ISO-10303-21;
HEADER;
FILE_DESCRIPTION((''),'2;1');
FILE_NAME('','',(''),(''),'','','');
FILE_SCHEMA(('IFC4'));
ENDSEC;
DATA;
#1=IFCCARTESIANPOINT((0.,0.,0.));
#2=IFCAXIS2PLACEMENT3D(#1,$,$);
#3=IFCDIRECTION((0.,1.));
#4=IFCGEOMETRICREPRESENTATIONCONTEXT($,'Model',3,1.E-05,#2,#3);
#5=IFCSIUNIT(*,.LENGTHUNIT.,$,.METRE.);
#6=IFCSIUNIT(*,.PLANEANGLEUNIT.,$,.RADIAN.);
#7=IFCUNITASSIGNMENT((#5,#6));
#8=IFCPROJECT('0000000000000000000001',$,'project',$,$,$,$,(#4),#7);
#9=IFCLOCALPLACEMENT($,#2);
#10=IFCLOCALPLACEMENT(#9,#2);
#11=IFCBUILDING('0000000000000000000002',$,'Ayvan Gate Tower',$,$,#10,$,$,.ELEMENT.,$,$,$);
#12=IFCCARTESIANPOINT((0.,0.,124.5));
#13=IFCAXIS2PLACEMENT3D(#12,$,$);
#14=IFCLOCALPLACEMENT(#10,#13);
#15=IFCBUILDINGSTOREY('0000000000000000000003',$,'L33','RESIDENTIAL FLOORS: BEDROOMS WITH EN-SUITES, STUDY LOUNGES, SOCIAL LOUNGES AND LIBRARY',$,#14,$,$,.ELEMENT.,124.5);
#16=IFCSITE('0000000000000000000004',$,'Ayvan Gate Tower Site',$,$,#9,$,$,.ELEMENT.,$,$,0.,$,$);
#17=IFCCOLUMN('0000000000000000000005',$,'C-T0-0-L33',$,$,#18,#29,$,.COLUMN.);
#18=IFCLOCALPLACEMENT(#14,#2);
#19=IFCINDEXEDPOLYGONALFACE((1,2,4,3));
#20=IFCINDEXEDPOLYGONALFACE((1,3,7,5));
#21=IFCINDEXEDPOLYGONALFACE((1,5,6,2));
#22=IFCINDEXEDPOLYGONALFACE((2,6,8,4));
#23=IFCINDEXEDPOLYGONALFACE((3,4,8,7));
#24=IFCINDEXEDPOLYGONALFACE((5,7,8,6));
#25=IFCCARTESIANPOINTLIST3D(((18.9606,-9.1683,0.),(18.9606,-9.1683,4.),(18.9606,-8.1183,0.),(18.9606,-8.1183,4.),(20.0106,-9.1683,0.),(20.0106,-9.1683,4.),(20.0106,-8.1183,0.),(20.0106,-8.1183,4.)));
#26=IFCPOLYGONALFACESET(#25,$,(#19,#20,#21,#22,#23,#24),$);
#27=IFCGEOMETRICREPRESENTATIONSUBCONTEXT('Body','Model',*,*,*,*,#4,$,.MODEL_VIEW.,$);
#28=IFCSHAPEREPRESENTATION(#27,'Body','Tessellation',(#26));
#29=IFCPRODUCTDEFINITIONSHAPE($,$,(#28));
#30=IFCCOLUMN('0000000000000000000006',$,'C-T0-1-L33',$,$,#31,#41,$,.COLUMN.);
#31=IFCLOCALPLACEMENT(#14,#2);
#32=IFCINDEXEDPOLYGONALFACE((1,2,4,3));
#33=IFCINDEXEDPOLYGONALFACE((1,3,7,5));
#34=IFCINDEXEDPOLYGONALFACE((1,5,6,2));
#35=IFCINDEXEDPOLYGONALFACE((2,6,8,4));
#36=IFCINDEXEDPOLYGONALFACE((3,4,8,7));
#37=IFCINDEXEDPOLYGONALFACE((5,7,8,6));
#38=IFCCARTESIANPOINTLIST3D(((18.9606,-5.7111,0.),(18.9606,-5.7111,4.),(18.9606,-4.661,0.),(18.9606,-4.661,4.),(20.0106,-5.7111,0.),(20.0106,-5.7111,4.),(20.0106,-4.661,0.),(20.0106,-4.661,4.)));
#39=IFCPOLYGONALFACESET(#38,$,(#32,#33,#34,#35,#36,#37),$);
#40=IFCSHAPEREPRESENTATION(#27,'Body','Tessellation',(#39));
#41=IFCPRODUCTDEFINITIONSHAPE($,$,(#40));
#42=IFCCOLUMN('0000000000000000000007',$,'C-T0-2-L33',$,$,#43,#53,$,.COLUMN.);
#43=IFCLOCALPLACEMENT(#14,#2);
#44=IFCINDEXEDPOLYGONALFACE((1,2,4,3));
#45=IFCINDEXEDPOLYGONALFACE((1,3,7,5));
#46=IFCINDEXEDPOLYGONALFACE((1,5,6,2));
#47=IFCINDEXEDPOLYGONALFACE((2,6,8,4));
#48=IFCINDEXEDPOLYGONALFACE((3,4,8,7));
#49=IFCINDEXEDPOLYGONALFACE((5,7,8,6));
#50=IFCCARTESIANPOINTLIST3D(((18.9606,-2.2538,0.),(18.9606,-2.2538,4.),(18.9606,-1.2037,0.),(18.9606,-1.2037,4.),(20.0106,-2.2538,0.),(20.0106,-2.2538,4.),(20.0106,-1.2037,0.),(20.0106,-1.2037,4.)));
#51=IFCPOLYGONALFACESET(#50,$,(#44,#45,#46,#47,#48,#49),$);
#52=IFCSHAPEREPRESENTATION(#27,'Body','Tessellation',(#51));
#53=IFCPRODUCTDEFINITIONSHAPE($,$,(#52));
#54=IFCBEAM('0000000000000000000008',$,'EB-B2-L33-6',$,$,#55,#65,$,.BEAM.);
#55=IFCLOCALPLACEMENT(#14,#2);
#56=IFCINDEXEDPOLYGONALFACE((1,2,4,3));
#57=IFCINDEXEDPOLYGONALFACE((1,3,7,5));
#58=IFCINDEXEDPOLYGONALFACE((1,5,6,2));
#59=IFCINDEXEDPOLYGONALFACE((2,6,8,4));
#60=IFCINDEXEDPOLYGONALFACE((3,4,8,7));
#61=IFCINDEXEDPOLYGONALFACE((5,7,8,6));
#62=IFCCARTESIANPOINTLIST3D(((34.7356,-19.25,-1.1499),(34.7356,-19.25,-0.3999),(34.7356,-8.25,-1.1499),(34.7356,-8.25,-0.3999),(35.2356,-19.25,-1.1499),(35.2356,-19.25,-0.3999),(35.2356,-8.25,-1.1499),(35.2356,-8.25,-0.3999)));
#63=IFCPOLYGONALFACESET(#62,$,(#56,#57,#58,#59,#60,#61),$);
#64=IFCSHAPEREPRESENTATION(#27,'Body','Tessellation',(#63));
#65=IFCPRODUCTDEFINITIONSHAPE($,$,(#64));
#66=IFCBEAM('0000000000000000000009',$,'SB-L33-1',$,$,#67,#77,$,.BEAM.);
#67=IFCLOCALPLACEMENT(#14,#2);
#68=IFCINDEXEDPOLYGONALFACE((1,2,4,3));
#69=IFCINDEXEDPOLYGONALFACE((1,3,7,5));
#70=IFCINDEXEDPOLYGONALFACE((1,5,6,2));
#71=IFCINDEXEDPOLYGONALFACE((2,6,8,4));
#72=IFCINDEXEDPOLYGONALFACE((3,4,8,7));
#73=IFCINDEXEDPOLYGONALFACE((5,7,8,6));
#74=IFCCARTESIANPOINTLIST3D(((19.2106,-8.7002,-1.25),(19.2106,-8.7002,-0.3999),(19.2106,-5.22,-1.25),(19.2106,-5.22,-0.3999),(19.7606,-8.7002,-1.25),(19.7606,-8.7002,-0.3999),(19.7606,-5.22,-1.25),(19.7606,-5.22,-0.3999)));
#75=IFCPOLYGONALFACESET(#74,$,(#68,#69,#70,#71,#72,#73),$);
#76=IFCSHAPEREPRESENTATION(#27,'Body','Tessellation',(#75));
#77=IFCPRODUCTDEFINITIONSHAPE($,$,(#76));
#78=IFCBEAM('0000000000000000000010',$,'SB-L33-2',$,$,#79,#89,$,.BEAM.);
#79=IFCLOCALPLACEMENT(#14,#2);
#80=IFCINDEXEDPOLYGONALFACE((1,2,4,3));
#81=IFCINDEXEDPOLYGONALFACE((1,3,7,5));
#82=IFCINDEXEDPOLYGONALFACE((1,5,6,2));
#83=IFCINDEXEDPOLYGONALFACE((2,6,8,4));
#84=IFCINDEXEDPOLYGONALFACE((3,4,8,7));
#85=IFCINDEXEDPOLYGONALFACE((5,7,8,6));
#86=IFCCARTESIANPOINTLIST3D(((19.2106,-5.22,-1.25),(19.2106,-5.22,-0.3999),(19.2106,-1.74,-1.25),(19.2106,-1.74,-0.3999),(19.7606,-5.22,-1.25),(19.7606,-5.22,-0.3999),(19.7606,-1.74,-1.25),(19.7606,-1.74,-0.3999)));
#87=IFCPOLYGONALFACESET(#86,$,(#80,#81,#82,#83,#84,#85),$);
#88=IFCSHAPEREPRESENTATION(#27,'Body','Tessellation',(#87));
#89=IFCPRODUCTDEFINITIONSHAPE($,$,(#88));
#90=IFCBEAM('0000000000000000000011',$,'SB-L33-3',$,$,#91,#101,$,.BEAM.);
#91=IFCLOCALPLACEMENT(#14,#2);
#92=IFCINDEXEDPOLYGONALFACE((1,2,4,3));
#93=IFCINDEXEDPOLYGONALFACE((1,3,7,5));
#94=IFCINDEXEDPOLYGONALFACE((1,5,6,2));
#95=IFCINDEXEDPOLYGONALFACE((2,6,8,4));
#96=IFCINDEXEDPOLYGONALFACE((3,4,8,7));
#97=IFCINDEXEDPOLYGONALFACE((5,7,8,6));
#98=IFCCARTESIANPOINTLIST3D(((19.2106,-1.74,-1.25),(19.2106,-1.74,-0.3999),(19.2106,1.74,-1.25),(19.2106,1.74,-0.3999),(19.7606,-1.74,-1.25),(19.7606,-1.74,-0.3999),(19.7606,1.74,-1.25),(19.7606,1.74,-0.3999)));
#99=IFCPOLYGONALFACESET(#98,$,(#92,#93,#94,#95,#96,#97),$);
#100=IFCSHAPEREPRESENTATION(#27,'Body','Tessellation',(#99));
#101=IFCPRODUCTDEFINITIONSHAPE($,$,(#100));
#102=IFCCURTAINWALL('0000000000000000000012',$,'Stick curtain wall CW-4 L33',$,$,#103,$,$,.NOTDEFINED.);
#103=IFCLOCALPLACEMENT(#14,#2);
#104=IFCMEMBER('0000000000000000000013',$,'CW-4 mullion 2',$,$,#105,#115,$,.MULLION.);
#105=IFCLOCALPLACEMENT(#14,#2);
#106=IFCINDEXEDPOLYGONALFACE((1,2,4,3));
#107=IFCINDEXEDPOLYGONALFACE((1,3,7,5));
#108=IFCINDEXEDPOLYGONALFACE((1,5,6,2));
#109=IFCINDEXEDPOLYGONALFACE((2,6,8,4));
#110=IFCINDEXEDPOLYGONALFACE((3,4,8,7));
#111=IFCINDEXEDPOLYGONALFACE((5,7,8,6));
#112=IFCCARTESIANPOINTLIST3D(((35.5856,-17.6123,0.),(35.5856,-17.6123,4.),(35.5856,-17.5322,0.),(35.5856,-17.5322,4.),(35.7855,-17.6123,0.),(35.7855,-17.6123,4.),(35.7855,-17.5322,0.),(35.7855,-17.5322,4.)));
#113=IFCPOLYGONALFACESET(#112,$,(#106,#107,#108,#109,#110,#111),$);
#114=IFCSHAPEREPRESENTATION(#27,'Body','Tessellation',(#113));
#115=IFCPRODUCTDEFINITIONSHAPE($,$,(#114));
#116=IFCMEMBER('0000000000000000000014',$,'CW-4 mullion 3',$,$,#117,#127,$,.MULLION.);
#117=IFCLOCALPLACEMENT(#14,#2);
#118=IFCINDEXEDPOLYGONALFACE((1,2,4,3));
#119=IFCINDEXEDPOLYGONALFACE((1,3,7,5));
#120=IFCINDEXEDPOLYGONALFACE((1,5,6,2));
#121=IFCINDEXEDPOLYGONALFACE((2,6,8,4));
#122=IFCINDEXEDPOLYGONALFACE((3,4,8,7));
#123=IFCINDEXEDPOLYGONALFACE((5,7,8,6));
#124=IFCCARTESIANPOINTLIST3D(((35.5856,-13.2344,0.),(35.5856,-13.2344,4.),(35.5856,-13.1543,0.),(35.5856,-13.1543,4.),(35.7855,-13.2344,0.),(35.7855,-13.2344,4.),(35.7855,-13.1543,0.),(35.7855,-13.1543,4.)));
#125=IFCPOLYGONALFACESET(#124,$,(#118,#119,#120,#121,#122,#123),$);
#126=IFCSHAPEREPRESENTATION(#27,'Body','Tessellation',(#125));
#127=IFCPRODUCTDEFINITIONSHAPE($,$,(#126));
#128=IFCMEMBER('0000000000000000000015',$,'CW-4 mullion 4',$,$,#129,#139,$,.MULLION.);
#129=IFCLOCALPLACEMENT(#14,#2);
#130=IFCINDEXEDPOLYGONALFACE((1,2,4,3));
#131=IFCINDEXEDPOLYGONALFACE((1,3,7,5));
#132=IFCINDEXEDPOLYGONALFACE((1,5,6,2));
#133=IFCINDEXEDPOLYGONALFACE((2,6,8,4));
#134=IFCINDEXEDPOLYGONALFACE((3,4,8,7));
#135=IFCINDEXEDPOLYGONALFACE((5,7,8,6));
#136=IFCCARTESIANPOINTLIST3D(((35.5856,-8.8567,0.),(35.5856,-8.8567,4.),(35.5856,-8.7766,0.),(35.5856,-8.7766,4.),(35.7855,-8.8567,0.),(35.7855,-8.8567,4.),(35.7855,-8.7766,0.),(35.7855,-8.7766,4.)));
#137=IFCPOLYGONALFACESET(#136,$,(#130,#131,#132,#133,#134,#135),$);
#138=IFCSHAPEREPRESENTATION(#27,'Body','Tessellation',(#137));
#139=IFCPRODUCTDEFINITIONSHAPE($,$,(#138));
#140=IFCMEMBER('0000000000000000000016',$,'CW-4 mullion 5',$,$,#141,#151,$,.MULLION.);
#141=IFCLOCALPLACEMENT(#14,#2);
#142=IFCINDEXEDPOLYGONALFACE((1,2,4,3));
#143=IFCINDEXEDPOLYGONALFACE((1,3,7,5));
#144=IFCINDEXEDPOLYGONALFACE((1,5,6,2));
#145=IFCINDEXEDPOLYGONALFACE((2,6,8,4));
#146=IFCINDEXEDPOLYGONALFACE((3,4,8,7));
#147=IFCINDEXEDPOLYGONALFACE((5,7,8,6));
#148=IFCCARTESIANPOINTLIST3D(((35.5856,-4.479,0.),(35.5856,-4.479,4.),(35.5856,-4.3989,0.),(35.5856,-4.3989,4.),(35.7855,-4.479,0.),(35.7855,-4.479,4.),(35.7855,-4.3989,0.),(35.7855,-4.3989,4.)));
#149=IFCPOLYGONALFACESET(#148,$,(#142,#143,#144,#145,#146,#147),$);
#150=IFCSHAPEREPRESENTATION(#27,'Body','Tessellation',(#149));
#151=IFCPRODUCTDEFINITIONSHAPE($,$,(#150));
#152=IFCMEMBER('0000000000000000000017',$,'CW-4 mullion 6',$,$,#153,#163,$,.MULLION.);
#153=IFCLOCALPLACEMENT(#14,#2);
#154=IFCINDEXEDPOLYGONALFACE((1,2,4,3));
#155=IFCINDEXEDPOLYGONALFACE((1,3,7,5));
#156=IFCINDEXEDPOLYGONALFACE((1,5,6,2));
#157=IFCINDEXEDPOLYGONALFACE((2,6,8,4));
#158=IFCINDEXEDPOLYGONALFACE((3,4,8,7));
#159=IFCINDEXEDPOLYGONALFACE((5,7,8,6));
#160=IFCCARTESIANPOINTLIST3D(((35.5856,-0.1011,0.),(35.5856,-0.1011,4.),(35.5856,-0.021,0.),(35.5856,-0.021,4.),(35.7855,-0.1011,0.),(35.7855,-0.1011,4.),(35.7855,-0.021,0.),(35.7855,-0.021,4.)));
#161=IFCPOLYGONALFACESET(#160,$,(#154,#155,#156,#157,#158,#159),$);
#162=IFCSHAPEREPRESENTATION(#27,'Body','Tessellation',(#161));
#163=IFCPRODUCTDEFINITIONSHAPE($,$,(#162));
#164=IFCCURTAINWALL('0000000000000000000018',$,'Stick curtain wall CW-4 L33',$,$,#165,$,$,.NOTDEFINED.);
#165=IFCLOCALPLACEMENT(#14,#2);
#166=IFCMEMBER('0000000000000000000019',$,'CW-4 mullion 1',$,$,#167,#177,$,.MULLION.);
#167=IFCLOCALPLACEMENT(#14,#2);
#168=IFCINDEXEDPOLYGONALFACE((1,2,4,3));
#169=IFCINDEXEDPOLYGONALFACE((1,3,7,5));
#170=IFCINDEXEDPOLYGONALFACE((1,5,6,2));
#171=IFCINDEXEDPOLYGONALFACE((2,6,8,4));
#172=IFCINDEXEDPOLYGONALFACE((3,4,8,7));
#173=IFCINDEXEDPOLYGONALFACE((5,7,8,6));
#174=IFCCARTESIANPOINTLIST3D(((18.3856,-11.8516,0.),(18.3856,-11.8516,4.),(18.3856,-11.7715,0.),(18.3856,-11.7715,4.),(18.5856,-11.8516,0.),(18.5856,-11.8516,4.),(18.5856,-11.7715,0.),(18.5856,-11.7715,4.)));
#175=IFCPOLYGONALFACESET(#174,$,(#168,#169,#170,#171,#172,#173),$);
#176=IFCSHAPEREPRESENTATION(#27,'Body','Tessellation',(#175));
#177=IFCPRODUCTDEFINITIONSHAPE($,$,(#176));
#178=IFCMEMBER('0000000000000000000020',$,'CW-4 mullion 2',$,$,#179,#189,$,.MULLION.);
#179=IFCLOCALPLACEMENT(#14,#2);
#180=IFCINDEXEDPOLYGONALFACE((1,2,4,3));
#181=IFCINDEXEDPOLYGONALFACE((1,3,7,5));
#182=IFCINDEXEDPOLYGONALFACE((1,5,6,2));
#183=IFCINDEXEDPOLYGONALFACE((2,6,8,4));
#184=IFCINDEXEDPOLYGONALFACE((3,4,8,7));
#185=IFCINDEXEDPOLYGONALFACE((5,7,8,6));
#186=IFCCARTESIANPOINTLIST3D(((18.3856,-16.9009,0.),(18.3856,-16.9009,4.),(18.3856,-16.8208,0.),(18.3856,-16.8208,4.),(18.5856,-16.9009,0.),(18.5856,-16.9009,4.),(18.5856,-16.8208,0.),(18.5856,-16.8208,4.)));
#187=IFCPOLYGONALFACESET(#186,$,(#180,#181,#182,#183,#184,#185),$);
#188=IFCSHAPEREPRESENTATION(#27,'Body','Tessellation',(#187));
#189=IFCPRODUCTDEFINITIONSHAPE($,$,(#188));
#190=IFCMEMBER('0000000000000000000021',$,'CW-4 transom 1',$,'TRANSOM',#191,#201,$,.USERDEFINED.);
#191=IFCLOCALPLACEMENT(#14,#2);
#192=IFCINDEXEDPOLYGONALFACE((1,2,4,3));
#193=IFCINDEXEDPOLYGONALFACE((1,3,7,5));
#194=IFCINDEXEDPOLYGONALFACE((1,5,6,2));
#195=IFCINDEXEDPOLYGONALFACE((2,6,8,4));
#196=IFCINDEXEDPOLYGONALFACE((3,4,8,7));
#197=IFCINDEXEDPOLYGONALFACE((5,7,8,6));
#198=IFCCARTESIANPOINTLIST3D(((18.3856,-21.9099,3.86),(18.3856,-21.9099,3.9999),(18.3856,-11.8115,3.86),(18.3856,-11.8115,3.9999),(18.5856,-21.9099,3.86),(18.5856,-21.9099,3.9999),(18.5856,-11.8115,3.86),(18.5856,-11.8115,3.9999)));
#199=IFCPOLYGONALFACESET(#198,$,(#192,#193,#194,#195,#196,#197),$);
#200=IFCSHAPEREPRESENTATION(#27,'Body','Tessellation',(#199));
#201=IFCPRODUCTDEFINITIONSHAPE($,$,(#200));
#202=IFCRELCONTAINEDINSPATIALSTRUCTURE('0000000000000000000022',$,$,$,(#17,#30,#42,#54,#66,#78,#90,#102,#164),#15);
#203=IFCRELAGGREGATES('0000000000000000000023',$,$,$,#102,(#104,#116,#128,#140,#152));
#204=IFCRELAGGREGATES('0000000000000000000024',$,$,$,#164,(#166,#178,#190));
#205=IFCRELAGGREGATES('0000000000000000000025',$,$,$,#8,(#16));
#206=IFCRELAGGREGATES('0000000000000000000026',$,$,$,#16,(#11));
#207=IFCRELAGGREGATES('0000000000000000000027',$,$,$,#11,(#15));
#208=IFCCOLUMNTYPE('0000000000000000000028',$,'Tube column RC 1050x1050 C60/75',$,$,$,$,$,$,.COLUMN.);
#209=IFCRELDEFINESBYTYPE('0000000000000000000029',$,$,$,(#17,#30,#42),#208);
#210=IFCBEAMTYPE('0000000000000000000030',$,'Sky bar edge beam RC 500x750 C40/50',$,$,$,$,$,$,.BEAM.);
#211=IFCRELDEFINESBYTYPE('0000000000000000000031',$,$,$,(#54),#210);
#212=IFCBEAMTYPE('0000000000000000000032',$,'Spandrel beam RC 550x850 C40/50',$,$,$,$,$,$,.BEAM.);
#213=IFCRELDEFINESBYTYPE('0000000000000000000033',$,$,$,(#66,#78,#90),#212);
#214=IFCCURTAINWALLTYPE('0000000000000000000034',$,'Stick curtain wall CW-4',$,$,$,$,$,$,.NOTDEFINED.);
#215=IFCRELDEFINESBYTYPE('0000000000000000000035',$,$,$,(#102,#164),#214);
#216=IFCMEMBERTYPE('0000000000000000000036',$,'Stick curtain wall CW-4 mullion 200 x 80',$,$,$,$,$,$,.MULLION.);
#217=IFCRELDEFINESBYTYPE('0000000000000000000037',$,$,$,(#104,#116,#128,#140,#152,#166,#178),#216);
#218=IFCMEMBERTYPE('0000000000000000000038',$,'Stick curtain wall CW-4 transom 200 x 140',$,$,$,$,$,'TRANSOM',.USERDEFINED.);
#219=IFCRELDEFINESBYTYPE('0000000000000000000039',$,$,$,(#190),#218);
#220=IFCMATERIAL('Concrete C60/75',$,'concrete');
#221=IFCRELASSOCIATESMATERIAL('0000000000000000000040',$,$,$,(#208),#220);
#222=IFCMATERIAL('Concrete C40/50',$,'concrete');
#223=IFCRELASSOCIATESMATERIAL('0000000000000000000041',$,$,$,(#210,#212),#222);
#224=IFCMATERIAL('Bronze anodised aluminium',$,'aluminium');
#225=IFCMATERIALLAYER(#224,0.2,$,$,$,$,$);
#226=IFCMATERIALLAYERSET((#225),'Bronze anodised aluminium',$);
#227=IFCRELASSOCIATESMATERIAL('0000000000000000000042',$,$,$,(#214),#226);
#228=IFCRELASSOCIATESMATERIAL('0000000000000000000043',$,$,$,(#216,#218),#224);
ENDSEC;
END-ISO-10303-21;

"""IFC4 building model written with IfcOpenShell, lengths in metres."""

from ifc_helpers import new_model, si_unit, direction, frame, origin, origin_2d, place, context, subcontext, project, spatial, rectangle, extrude, material, layer, layer_set, material_profile, profile_set, type_object, element, aggregate, save


model = new_model("IFC4")

# Units and contexts
model_context = context("Model", 3, precision=1e-05, world=origin(), true_north=direction((0.0, 1.0)))
body_context = subcontext(model_context, "Body", "Model", "MODEL_VIEW")
ifc_project = project(units=[si_unit("LENGTHUNIT", "METRE"), si_unit("PLANEANGLEUNIT", "RADIAN")], contexts=[model_context])

# Site, building, storey
site_placement = place(None, origin())
site = spatial("IfcSite", under=ifc_project, at=site_placement, Name="Ayvan Gate Tower Site", CompositionType="ELEMENT", RefElevation=0.0)
building_placement = place(site_placement, origin())
building = spatial("IfcBuilding", under=site, at=building_placement, Name="Ayvan Gate Tower", CompositionType="ELEMENT")
storey_placement = place(building_placement, frame((0.0, 0.0, 124.5)))
storey = spatial("IfcBuildingStorey", under=building, at=storey_placement, Name="L33", Description="RESIDENTIAL FLOORS: BEDROOMS WITH EN-SUITES, STUDY LOUNGES, SOCIAL LOUNGES AND LIBRARY", CompositionType="ELEMENT", Elevation=124.5)

# Columns
ifc_material_1 = material(Name="Concrete C60/75", Category="concrete")
ifc_material_profile_1 = material_profile(ifc_material_1, rectangle(XDim=1.05, YDim=1.05, at=origin_2d()), Name="RC 1050x1050")
ifc_profile_set_1 = profile_set([ifc_material_profile_1], Name="Concrete C60/75")
column_type = type_object("IfcColumnType", Name="Tube column RC 1050x1050 C60/75", PredefinedType="COLUMN", material=ifc_profile_set_1)
for number, where, z_axis, x_axis, name in (
    (1, (19.4856, -8.6433, 0.0), (0.0, 0.0, 1.0), (1.0, 0.0, 0.0), "C-T0-0-L33"),
    (2, (19.4856, -5.186, 0.0), (0.0, 0.0, 1.0), (1.0, 0.0, 0.0), "C-T0-1-L33"),
    (3, (19.4856, -1.7288, 0.0), (0.0, 0.0, 1.0), (1.0, 0.0, 0.0), "C-T0-2-L33"),
):
    element("IfcColumn", number, at=place(storey_placement, frame(where, z_axis=z_axis, x_axis=x_axis)), inside=storey, type_object=column_type, Name=name, PredefinedType="COLUMN", context=body_context, shape_type="SweptSolid", body=[
        extrude(rectangle(XDim=1.05, YDim=1.05, at=origin_2d()), origin(), (0.0, 0.0, 1.0), 4.0),
    ])

# Beams
ifc_material_2 = material(Name="Concrete C40/50", Category="concrete")
ifc_material_profile_2 = material_profile(ifc_material_2, rectangle(XDim=0.5, YDim=0.75, at=origin_2d()), Name="RC 500x750")
ifc_profile_set_2 = profile_set([ifc_material_profile_2], Name="Concrete C40/50")
beam_type_1 = type_object("IfcBeamType", Name="Sky bar edge beam RC 500x750 C40/50", PredefinedType="BEAM", material=ifc_profile_set_2)
beam_1_placement = place(storey_placement, frame((34.9856, -8.25, -0.7749), z_axis=(0.0, -1.0, 0.0), x_axis=(1.0, 0.0, 0.0)))
element("IfcBeam", 4, at=beam_1_placement, inside=storey, type_object=beam_type_1, Name="EB-B2-L33-6", PredefinedType="BEAM", context=body_context, shape_type="SweptSolid", body=[
    extrude(rectangle(XDim=0.5, YDim=0.75, at=origin_2d()), origin(), (0.0, 0.0, 1.0), 11.0),
])
ifc_material_profile_3 = material_profile(ifc_material_2, rectangle(XDim=0.55, YDim=0.8501, at=origin_2d()), Name="RC 550x850")
ifc_profile_set_3 = profile_set([ifc_material_profile_3], Name="Concrete C40/50")
beam_type_2 = type_object("IfcBeamType", Name="Spandrel beam RC 550x850 C40/50", PredefinedType="BEAM", material=ifc_profile_set_3)
beam_2_placement = place(storey_placement, frame((19.4856, -8.7002, -0.825), z_axis=(0.0, 1.0, 0.0), x_axis=(-1.0, 0.0, 0.0)))
element("IfcBeam", 5, at=beam_2_placement, inside=storey, type_object=beam_type_2, Name="SB-L33-1", PredefinedType="BEAM", context=body_context, shape_type="SweptSolid", body=[
    extrude(rectangle(XDim=0.55, YDim=0.8501, at=origin_2d()), origin(), (0.0, 0.0, 1.0), 3.4802),
])
for number, where, z_axis, x_axis, name in (
    (6, (19.4856, -5.22, -0.825), (0.0, 1.0, 0.0), (-1.0, 0.0, 0.0), "SB-L33-2"),
    (7, (19.4856, -1.74, -0.825), (0.0, 1.0, 0.0), (-1.0, 0.0, 0.0), "SB-L33-3"),
):
    element("IfcBeam", number, at=place(storey_placement, frame(where, z_axis=z_axis, x_axis=x_axis)), inside=storey, type_object=beam_type_2, Name=name, PredefinedType="BEAM", context=body_context, shape_type="SweptSolid", body=[
        extrude(rectangle(XDim=0.55, YDim=0.8501, at=origin_2d()), origin(), (0.0, 0.0, 1.0), 3.48),
    ])

# Curtain walls, members
ifc_material_3 = material(Name="Bronze anodised aluminium", Category="aluminium")
ifc_layer_1 = layer(ifc_material_3, 0.2)
ifc_layer_set_1 = layer_set([ifc_layer_1], Name="Bronze anodised aluminium")
curtain_wall_type_1 = type_object("IfcCurtainWallType", Name="Stick curtain wall CW-4", PredefinedType="NOTDEFINED", material=ifc_layer_set_1)
curtain_wall_1_placement = place(storey_placement, origin())
curtain_wall_1 = element("IfcCurtainWall", 8, at=curtain_wall_1_placement, inside=storey, type_object=curtain_wall_type_1, Name="Stick curtain wall CW-4 L33", PredefinedType="NOTDEFINED")
ifc_material_profile_4 = material_profile(ifc_material_3, rectangle(XDim=0.2, YDim=0.0801, at=origin_2d()), Name="Stick curtain wall CW-4 mullion 200 x 80")
ifc_profile_set_4 = profile_set([ifc_material_profile_4], Name="Bronze anodised aluminium")
member_type_1 = type_object("IfcMemberType", Name="Stick curtain wall CW-4 mullion 200 x 80", PredefinedType="MULLION", material=ifc_profile_set_4)
member_1_placement = place(storey_placement, frame((35.6855, -17.5723, 0.0), z_axis=(0.0, 0.0, 1.0), x_axis=(1.0, 0.0, 0.0)))
member_1 = element("IfcMember", 9, at=member_1_placement, type_object=member_type_1, Name="CW-4 mullion 2", PredefinedType="MULLION", context=body_context, shape_type="SweptSolid", body=[
    extrude(rectangle(XDim=0.2, YDim=0.0801, at=origin_2d()), origin(), (0.0, 0.0, 1.0), 4.0),
])
member_2_placement = place(storey_placement, frame((35.6855, -13.1943, 0.0), z_axis=(0.0, 0.0, 1.0), x_axis=(1.0, 0.0, 0.0)))
member_2 = element("IfcMember", 10, at=member_2_placement, type_object=member_type_1, Name="CW-4 mullion 3", PredefinedType="MULLION", context=body_context, shape_type="SweptSolid", body=[
    extrude(rectangle(XDim=0.2, YDim=0.0801, at=origin_2d()), origin(), (0.0, 0.0, 1.0), 4.0),
])
member_3_placement = place(storey_placement, frame((35.6855, -8.8167, 0.0), z_axis=(0.0, 0.0, 1.0), x_axis=(1.0, 0.0, 0.0)))
member_3 = element("IfcMember", 11, at=member_3_placement, type_object=member_type_1, Name="CW-4 mullion 4", PredefinedType="MULLION", context=body_context, shape_type="SweptSolid", body=[
    extrude(rectangle(XDim=0.2, YDim=0.0801, at=origin_2d()), origin(), (0.0, 0.0, 1.0), 4.0),
])
member_4_placement = place(storey_placement, frame((35.6855, -4.439, 0.0), z_axis=(0.0, 0.0, 1.0), x_axis=(1.0, 0.0, 0.0)))
member_4 = element("IfcMember", 12, at=member_4_placement, type_object=member_type_1, Name="CW-4 mullion 5", PredefinedType="MULLION", context=body_context, shape_type="SweptSolid", body=[
    extrude(rectangle(XDim=0.2, YDim=0.0801, at=origin_2d()), origin(), (0.0, 0.0, 1.0), 4.0),
])
member_5_placement = place(storey_placement, frame((35.6855, -0.061, 0.0), z_axis=(0.0, 0.0, 1.0), x_axis=(1.0, 0.0, 0.0)))
member_5 = element("IfcMember", 13, at=member_5_placement, type_object=member_type_1, Name="CW-4 mullion 6", PredefinedType="MULLION", context=body_context, shape_type="SweptSolid", body=[
    extrude(rectangle(XDim=0.2, YDim=0.0801, at=origin_2d()), origin(), (0.0, 0.0, 1.0), 4.0),
])
curtain_wall_2_placement = place(storey_placement, origin())
curtain_wall_2 = element("IfcCurtainWall", 14, at=curtain_wall_2_placement, inside=storey, type_object=curtain_wall_type_1, Name="Stick curtain wall CW-4 L33", PredefinedType="NOTDEFINED")
member_6_placement = place(storey_placement, frame((18.4856, -11.8115, 0.0), z_axis=(0.0, 0.0, 1.0), x_axis=(-1.0, 0.0, 0.0)))
member_6 = element("IfcMember", 15, at=member_6_placement, type_object=member_type_1, Name="CW-4 mullion 1", PredefinedType="MULLION", context=body_context, shape_type="SweptSolid", body=[
    extrude(rectangle(XDim=0.2, YDim=0.0801, at=origin_2d()), origin(), (0.0, 0.0, 1.0), 4.0),
])
member_7_placement = place(storey_placement, frame((18.4856, -16.8608, 0.0), z_axis=(0.0, 0.0, 1.0), x_axis=(-1.0, 0.0, 0.0)))
member_7 = element("IfcMember", 16, at=member_7_placement, type_object=member_type_1, Name="CW-4 mullion 2", PredefinedType="MULLION", context=body_context, shape_type="SweptSolid", body=[
    extrude(rectangle(XDim=0.2, YDim=0.0801, at=origin_2d()), origin(), (0.0, 0.0, 1.0), 4.0),
])
ifc_material_profile_5 = material_profile(ifc_material_3, rectangle(XDim=0.2, YDim=0.1399, at=origin_2d()), Name="Stick curtain wall CW-4 transom 200 x 140")
ifc_profile_set_5 = profile_set([ifc_material_profile_5], Name="Bronze anodised aluminium")
member_type_2 = type_object("IfcMemberType", Name="Stick curtain wall CW-4 transom 200 x 140", ElementType="TRANSOM", PredefinedType="USERDEFINED", material=ifc_profile_set_5)
member_8_placement = place(storey_placement, frame((18.4856, -11.8115, 3.9299), z_axis=(0.0, -1.0, 0.0), x_axis=(1.0, 0.0, 0.0)))
member_8 = element("IfcMember", 17, at=member_8_placement, type_object=member_type_2, Name="CW-4 transom 1", ObjectType="TRANSOM", PredefinedType="USERDEFINED", context=body_context, shape_type="SweptSolid", body=[
    extrude(rectangle(XDim=0.2, YDim=0.1399, at=origin_2d()), origin(), (0.0, 0.0, 1.0), 10.0984),
])

aggregate(curtain_wall_1, [member_1, member_2, member_3, member_4, member_5])
aggregate(curtain_wall_2, [member_6, member_7, member_8])

save(model, "model.ifc")
